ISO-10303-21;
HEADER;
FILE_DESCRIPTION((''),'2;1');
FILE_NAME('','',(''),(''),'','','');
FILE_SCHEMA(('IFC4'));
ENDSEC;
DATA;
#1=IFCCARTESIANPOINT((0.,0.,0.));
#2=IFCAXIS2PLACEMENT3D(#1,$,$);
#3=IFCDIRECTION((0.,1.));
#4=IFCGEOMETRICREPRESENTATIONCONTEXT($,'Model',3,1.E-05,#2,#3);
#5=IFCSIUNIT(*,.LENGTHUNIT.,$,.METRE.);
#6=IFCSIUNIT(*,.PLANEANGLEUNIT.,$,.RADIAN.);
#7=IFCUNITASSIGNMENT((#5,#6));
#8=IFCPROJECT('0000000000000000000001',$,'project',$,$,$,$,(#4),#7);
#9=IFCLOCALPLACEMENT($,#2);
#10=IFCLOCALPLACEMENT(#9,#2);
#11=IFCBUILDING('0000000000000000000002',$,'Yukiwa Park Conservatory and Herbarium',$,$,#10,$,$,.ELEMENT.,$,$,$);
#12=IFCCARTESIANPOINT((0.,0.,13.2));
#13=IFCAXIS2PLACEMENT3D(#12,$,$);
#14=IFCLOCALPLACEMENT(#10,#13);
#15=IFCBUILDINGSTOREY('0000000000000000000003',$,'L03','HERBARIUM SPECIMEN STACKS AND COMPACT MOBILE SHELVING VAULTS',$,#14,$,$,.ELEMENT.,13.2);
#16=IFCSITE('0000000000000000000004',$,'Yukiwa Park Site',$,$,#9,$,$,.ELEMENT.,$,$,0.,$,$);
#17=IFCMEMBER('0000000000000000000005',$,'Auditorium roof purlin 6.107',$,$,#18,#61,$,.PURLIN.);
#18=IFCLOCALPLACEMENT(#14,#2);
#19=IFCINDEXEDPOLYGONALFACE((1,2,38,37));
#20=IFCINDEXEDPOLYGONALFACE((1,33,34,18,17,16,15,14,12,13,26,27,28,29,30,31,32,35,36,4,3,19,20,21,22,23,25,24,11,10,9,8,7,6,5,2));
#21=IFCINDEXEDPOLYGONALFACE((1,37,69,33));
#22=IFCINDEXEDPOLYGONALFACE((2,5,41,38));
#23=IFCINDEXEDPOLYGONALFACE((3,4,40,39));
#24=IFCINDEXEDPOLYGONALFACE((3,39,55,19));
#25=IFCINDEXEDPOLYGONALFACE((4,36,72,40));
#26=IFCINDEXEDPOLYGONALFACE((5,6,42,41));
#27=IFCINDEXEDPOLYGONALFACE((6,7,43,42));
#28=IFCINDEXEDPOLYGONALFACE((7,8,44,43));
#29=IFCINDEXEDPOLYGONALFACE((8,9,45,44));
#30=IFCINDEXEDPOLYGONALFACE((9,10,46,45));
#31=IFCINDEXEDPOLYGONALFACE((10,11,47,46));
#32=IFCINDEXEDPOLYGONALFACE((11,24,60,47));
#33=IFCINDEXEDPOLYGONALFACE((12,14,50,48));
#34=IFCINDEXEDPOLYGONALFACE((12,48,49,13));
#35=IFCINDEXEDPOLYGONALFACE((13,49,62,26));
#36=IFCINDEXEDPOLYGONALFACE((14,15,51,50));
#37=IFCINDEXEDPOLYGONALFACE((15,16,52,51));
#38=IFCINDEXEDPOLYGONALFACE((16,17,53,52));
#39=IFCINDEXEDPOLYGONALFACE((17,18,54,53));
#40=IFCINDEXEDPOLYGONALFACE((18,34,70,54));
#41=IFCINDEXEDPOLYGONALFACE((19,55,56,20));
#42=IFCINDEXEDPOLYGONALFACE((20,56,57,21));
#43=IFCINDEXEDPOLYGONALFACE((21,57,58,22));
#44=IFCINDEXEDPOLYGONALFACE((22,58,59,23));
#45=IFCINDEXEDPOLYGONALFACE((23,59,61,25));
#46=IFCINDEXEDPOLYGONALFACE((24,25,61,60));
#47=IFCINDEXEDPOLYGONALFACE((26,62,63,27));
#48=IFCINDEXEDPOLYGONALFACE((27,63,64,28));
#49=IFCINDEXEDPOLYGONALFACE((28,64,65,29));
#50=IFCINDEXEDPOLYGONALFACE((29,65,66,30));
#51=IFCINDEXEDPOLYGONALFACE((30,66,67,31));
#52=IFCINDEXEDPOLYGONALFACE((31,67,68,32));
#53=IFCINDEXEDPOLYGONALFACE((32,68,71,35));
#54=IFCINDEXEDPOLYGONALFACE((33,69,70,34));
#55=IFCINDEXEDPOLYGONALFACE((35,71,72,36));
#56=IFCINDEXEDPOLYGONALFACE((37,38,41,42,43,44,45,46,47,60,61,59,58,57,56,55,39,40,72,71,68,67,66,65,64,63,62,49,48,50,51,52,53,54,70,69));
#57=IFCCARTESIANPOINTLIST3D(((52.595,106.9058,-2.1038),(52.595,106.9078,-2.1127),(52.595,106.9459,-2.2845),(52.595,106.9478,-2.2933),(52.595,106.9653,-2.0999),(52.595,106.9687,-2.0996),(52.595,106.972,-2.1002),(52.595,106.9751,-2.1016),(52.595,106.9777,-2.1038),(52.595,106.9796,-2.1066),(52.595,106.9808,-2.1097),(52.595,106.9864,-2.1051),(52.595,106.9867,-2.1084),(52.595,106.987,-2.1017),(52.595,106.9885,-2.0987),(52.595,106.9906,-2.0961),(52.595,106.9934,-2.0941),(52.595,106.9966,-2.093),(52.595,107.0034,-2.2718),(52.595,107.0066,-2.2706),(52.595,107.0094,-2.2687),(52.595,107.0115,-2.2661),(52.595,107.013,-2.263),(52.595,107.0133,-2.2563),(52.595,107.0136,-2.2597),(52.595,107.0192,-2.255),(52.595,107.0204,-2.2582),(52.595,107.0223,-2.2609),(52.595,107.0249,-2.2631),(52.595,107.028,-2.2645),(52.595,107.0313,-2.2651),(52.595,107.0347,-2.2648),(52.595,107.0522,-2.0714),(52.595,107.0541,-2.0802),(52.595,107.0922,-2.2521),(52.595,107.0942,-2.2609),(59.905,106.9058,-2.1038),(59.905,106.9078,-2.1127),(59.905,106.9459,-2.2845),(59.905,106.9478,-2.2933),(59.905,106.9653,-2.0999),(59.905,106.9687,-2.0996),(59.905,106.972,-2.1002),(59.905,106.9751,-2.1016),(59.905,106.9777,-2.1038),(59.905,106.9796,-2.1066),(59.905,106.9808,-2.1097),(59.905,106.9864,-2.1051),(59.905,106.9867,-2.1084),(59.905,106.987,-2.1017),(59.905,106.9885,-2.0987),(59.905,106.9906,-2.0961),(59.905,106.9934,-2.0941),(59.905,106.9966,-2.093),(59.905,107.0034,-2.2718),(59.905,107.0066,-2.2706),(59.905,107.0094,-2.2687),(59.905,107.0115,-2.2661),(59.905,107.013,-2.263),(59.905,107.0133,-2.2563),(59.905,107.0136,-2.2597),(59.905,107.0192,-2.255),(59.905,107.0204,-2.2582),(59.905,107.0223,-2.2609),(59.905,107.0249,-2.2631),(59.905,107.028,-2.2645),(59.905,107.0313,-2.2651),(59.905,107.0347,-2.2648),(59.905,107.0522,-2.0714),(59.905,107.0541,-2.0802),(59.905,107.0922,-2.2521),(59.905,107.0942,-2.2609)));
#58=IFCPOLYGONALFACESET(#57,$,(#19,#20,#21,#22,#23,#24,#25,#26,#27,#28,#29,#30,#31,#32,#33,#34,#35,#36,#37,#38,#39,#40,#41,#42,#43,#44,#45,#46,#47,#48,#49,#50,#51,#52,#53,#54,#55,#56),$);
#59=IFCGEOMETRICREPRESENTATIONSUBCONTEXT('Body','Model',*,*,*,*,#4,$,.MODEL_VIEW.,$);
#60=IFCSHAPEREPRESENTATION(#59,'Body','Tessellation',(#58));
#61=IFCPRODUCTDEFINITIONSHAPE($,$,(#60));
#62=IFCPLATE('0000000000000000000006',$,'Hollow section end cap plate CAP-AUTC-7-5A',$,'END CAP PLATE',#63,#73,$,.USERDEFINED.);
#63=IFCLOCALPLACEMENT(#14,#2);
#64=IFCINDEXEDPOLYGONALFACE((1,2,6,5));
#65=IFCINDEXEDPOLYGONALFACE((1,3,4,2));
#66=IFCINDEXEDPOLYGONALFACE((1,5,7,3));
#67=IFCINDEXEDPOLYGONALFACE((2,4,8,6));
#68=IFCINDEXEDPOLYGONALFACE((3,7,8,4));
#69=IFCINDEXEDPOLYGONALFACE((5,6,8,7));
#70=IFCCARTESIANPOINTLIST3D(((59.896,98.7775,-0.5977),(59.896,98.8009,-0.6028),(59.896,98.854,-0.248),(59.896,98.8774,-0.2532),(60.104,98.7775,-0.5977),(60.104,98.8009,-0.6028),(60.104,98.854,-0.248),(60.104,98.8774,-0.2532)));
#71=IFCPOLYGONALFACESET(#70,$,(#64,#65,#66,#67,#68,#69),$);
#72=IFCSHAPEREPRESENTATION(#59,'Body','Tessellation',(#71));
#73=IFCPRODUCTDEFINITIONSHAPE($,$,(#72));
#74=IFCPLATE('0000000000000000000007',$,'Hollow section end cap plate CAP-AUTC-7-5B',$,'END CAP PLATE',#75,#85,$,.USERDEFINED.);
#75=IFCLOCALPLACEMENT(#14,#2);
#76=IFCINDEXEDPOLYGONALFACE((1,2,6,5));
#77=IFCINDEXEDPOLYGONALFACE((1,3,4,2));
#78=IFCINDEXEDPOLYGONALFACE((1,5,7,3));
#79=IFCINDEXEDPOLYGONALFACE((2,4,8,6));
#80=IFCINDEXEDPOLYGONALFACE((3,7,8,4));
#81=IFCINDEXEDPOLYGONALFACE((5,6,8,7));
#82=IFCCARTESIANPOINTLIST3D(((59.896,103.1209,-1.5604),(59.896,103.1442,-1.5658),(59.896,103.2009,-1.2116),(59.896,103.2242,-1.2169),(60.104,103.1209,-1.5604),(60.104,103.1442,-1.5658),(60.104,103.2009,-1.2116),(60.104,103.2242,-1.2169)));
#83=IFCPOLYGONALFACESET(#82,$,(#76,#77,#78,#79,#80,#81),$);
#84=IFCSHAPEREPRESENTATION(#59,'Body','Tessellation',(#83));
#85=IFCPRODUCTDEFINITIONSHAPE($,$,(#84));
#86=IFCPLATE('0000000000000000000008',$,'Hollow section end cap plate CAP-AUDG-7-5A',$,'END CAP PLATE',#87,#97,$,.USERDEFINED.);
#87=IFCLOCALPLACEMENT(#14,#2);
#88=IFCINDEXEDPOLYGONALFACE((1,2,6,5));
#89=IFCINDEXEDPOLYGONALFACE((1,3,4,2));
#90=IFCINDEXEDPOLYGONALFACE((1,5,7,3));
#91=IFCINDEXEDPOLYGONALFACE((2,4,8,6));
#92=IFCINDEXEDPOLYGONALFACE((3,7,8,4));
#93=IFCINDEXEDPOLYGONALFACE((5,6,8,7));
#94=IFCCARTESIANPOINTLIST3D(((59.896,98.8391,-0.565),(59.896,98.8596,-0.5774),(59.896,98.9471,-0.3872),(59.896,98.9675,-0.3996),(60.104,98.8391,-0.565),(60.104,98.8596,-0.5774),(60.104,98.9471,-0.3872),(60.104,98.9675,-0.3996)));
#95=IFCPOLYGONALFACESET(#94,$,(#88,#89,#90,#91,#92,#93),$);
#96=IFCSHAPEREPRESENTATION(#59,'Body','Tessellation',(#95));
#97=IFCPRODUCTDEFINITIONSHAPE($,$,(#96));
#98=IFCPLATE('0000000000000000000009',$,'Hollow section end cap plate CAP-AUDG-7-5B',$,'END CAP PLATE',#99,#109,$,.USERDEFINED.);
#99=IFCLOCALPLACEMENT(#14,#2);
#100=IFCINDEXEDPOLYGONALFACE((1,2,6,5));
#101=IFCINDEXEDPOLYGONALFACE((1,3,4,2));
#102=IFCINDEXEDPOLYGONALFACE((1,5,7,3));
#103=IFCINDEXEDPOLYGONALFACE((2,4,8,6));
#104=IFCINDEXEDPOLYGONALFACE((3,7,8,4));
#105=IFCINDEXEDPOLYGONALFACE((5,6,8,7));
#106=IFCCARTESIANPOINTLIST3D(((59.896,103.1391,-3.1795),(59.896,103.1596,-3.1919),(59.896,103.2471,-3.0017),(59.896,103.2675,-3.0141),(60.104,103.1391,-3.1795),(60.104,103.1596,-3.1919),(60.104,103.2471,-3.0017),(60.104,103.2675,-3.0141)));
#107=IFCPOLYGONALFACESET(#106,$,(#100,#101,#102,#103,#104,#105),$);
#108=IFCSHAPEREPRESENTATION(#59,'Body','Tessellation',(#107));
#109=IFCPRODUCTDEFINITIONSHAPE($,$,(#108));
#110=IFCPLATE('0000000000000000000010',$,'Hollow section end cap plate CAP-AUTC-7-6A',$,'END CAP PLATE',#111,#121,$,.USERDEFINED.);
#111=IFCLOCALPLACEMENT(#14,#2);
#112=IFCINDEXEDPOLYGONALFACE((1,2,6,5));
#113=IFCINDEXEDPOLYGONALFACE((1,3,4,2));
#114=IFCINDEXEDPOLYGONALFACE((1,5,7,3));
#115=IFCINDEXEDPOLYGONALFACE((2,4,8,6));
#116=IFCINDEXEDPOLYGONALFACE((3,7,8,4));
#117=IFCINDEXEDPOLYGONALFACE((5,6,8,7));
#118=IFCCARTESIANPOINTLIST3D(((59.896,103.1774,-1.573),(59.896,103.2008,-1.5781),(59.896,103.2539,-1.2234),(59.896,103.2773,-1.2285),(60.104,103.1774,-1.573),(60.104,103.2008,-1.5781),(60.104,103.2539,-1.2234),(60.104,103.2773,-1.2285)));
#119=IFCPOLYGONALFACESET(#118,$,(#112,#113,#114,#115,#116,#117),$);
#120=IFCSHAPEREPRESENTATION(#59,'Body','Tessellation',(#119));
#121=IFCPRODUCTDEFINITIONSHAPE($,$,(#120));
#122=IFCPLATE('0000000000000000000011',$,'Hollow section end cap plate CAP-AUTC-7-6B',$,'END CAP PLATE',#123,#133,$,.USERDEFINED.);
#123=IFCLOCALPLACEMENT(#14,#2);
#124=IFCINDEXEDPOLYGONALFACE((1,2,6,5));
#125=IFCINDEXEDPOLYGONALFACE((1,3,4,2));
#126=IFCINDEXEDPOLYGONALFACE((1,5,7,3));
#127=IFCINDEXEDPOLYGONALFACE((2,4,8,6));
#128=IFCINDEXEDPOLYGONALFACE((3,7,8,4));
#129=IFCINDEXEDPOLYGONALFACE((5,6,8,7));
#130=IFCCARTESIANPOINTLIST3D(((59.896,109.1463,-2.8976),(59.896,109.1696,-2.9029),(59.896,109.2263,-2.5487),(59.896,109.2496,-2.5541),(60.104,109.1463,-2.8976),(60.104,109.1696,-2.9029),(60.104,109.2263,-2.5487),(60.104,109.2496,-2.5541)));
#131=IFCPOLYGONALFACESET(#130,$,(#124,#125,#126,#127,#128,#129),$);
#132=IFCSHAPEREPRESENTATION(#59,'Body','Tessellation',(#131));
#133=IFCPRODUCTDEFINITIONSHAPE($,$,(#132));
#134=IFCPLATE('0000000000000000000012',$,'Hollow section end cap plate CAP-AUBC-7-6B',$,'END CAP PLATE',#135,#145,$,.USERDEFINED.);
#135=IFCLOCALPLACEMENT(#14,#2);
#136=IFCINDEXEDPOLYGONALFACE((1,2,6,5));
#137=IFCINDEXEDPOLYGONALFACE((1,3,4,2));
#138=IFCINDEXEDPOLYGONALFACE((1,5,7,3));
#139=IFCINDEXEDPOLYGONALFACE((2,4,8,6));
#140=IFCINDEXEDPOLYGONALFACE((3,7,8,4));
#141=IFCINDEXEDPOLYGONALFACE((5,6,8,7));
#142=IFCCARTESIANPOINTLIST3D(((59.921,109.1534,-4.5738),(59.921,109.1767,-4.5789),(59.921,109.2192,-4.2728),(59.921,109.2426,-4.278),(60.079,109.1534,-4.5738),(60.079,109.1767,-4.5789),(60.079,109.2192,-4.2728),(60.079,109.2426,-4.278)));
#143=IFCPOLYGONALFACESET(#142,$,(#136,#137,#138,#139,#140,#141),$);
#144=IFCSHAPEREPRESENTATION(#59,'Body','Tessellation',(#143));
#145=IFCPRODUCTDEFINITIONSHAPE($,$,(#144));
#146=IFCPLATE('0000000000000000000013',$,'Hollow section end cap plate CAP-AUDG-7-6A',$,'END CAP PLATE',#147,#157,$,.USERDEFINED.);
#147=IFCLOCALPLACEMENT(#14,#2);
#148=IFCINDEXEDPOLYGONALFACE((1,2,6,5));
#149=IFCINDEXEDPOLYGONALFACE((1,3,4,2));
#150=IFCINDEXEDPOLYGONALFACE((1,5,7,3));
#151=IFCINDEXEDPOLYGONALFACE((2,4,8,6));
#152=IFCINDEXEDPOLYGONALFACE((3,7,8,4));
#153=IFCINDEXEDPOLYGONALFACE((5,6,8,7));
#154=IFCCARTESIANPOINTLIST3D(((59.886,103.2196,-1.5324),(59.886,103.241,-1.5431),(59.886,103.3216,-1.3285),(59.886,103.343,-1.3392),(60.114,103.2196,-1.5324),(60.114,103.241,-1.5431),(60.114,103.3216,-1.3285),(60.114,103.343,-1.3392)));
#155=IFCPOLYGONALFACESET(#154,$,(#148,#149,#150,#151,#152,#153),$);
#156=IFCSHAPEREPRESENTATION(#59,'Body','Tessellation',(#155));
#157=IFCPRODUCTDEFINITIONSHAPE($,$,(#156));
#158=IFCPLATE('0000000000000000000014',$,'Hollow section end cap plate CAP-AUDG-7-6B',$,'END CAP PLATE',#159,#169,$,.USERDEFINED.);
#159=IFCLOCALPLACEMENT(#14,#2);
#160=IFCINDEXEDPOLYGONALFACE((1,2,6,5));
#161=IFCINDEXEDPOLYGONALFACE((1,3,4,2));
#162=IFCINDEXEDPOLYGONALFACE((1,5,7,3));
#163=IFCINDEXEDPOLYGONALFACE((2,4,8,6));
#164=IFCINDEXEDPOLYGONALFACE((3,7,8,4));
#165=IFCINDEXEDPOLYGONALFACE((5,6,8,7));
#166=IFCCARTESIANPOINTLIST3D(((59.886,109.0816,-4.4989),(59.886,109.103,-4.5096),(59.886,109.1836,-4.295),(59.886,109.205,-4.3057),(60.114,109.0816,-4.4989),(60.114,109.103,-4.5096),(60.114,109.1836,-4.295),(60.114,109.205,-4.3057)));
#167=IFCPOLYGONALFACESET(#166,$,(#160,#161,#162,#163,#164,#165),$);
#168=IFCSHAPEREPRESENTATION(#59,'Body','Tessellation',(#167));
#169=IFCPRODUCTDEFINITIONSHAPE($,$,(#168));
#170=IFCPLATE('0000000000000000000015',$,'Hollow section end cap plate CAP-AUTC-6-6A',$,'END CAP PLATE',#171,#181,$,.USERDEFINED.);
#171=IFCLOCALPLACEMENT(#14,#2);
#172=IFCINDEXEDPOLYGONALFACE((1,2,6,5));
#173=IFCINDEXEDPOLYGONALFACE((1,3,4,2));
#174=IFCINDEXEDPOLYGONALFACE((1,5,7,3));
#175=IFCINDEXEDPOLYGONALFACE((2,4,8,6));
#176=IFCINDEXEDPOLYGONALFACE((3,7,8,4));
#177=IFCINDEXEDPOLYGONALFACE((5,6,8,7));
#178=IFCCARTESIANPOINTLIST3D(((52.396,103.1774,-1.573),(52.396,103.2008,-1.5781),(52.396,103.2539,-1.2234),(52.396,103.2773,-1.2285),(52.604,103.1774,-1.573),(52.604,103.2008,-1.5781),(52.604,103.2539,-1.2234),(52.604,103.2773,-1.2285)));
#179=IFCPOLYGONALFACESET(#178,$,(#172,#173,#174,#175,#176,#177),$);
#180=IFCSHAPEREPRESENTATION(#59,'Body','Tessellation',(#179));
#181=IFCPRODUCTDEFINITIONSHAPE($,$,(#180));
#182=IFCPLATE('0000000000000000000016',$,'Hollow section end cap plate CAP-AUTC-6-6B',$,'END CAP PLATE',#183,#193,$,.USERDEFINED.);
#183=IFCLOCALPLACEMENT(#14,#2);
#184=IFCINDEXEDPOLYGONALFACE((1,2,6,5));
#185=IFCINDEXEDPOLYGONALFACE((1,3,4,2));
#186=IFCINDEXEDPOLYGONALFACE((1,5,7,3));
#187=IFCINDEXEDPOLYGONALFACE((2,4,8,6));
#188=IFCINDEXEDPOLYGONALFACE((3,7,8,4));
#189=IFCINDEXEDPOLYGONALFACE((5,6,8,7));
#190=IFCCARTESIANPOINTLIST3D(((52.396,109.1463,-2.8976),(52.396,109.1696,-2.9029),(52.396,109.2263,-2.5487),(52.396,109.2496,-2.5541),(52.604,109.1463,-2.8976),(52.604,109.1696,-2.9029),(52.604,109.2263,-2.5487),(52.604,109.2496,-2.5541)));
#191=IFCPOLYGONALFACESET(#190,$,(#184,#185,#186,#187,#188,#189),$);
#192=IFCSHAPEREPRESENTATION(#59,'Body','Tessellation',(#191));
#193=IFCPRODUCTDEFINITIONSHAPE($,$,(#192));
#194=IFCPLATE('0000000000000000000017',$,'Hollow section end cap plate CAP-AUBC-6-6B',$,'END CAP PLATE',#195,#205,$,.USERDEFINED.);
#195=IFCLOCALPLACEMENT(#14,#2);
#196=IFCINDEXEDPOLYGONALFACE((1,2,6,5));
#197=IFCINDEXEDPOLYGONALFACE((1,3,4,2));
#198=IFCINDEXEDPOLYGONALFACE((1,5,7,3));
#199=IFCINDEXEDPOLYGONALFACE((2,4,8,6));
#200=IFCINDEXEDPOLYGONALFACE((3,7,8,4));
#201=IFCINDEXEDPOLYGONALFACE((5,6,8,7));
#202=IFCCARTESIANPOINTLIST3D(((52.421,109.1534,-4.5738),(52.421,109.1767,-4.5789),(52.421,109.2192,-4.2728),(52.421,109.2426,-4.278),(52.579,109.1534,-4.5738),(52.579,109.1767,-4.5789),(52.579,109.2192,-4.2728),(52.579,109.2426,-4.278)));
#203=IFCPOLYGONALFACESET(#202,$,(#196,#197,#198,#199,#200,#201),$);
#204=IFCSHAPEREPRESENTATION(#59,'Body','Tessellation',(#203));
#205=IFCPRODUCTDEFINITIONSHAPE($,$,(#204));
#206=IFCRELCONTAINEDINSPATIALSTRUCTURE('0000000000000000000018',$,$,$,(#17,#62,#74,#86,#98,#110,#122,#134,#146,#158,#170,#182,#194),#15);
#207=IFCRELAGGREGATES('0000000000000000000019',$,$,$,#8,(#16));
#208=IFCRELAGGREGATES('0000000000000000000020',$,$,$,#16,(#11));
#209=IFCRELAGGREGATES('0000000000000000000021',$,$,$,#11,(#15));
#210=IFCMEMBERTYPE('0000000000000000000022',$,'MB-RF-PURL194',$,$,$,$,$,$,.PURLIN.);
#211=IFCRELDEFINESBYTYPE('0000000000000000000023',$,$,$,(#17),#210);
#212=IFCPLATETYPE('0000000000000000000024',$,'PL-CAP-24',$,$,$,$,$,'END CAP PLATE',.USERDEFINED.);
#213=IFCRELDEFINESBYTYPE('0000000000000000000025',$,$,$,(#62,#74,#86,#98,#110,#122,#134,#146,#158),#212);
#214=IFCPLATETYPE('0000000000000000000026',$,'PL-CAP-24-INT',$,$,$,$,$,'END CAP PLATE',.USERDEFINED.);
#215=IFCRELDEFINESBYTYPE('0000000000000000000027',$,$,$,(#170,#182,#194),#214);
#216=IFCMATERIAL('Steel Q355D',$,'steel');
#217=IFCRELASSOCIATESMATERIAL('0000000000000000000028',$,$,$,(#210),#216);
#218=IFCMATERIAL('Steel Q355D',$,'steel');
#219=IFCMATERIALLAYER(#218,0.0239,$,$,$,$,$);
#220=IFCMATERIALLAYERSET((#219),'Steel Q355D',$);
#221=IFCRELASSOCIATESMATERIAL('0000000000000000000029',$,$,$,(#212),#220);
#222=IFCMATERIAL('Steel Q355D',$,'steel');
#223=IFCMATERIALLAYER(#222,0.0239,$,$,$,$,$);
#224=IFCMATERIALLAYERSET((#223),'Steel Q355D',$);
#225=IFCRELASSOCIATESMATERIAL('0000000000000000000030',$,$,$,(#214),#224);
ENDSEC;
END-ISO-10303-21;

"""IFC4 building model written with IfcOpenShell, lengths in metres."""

from ifc_helpers import new_model, si_unit, direction, frame, origin, origin_2d, place, context, subcontext, project, spatial, rectangle, i_section, extrude, material, layer, layer_set, material_profile, profile_set, type_object, element, save


model = new_model("IFC4")

# Units and contexts
model_context = context("Model", 3, precision=1e-05, world=origin(), true_north=direction((0.0, 1.0)))
body_context = subcontext(model_context, "Body", "Model", "MODEL_VIEW")
ifc_project = project(units=[si_unit("LENGTHUNIT", "METRE"), si_unit("PLANEANGLEUNIT", "RADIAN")], contexts=[model_context])

# Site, building, storey
site_placement = place(None, origin())
site = spatial("IfcSite", under=ifc_project, at=site_placement, Name="Yukiwa Park Site", CompositionType="ELEMENT", RefElevation=0.0)
building_placement = place(site_placement, origin())
building = spatial("IfcBuilding", under=site, at=building_placement, Name="Yukiwa Park Conservatory and Herbarium", CompositionType="ELEMENT")
storey_placement = place(building_placement, frame((0.0, 0.0, 13.2)))
storey = spatial("IfcBuildingStorey", under=building, at=storey_placement, Name="L03", Description="HERBARIUM SPECIMEN STACKS AND COMPACT MOBILE SHELVING VAULTS", CompositionType="ELEMENT", Elevation=13.2)

# Member
ifc_material_1 = material(Name="Steel Q355D", Category="steel")
ifc_material_profile_1 = material_profile(ifc_material_1, i_section(OverallWidth=0.1499, OverallDepth=0.1941, WebThickness=0.0061, FlangeThickness=0.009, FilletRadius=0.0129, at=origin_2d()), Name="HM 194x150x6x9")
ifc_profile_set_1 = profile_set([ifc_material_profile_1], Name="Steel Q355D")
member_type_1 = type_object("IfcMemberType", Name="MB-RF-PURL194", PredefinedType="PURLIN", material=ifc_profile_set_1)
for number, where, z_axis, x_axis, name in (
    (1, (52.595, 107.0, -2.1824), (1.0, 0.0, 0.0), (0.0, 0.976296, 0.21644), "Auditorium roof purlin 6.107"),
):
    element("IfcMember", number, at=place(storey_placement, frame(where, z_axis=z_axis, x_axis=x_axis)), inside=storey, type_object=member_type_1, Name=name, PredefinedType="PURLIN", context=body_context, shape_type="SweptSolid", body=[
        extrude(i_section(OverallWidth=0.1499, OverallDepth=0.1941, WebThickness=0.0061, FlangeThickness=0.009, FilletRadius=0.0129, at=origin_2d()), origin(), (0.0, 0.0, 1.0), 7.3101),
    ])

# Plates
ifc_material_2 = material(Name="Steel Q355D", Category="steel")
ifc_layer_1 = layer(ifc_material_2, 0.0239)
ifc_layer_set_1 = layer_set([ifc_layer_1], Name="Steel Q355D")
plate_type_1 = type_object("IfcPlateType", Name="PL-CAP-24", ElementType="END CAP PLATE", PredefinedType="USERDEFINED", material=ifc_layer_set_1)
for number, where, z_axis, x_axis, name in (
    (2, (60.0, 98.8391, -0.428), (0.0, -0.9769, 0.213697), (1.0, 0.0, 0.0), "Hollow section end cap plate CAP-AUTC-7-5A"),
    (3, (60.0, 103.1609, -1.386), (0.0, 0.974732, -0.223376), (-1.0, 0.0, 0.0), "Hollow section end cap plate CAP-AUTC-7-5B"),
):
    element("IfcPlate", number, at=place(storey_placement, frame(where, z_axis=z_axis, x_axis=x_axis)), inside=storey, type_object=plate_type_1, Name=name, ObjectType="END CAP PLATE", PredefinedType="USERDEFINED", context=body_context, shape_type="SweptSolid", body=[
        extrude(rectangle(XDim=0.208, YDim=0.3579, at=origin_2d()), origin(), (0.0, 0.0, 1.0), 0.0239),
    ])
for number, where, z_axis, x_axis, name in (
    (4, (60.0, 98.9136, -0.4885), (0.0, -0.854788, 0.518978), (1.0, 0.0, 0.0), "Hollow section end cap plate CAP-AUDG-7-5A"),
    (5, (60.0, 103.1931, -3.0906), (0.0, 0.854788, -0.518978), (-1.0, 0.0, 0.0), "Hollow section end cap plate CAP-AUDG-7-5B"),
):
    element("IfcPlate", number, at=place(storey_placement, frame(where, z_axis=z_axis, x_axis=x_axis)), inside=storey, type_object=plate_type_1, Name=name, ObjectType="END CAP PLATE", PredefinedType="USERDEFINED", context=body_context, shape_type="SweptSolid", body=[
        extrude(rectangle(XDim=0.208, YDim=0.208, at=origin_2d()), origin(), (0.0, 0.0, 1.0), 0.0239),
    ])
for number, where, z_axis, x_axis, name in (
    (6, (60.0, 103.239, -1.4033), (0.0, -0.9769, 0.213697), (1.0, 0.0, 0.0), "Hollow section end cap plate CAP-AUTC-7-6A"),
    (7, (60.0, 109.1863, -2.7231), (0.0, 0.974732, -0.223376), (-1.0, 0.0, 0.0), "Hollow section end cap plate CAP-AUTC-7-6B"),
):
    element("IfcPlate", number, at=place(storey_placement, frame(where, z_axis=z_axis, x_axis=x_axis)), inside=storey, type_object=plate_type_1, Name=name, ObjectType="END CAP PLATE", PredefinedType="USERDEFINED", context=body_context, shape_type="SweptSolid", body=[
        extrude(rectangle(XDim=0.208, YDim=0.3579, at=origin_2d()), origin(), (0.0, 0.0, 1.0), 0.0239),
    ])
plate_1_placement = place(storey_placement, frame((60.0, 109.1863, -4.4233), z_axis=(0.0, 0.9769, -0.213697), x_axis=(-1.0, 0.0, 0.0)))
element("IfcPlate", 8, at=plate_1_placement, inside=storey, type_object=plate_type_1, Name="Hollow section end cap plate CAP-AUBC-7-6B", ObjectType="END CAP PLATE", PredefinedType="USERDEFINED", context=body_context, shape_type="SweptSolid", body=[
    extrude(rectangle(XDim=0.158, YDim=0.3081, at=origin_2d()), origin(), (0.0, 0.0, 1.0), 0.0239),
])
for number, where, z_axis, x_axis, name in (
    (9, (60.0, 103.292, -1.4412), (0.0, -0.894427, 0.447214), (1.0, 0.0, 0.0), "Hollow section end cap plate CAP-AUDG-7-6A"),
    (10, (60.0, 109.1326, -4.397), (0.0, 0.894427, -0.447214), (-1.0, 0.0, 0.0), "Hollow section end cap plate CAP-AUDG-7-6B"),
):
    element("IfcPlate", number, at=place(storey_placement, frame(where, z_axis=z_axis, x_axis=x_axis)), inside=storey, type_object=plate_type_1, Name=name, ObjectType="END CAP PLATE", PredefinedType="USERDEFINED", context=body_context, shape_type="SweptSolid", body=[
        extrude(rectangle(XDim=0.228, YDim=0.228, at=origin_2d()), origin(), (0.0, 0.0, 1.0), 0.0239),
    ])
ifc_material_3 = material(Name="Steel Q355D", Category="steel")
ifc_layer_2 = layer(ifc_material_3, 0.0239)
ifc_layer_set_2 = layer_set([ifc_layer_2], Name="Steel Q355D")
plate_type_2 = type_object("IfcPlateType", Name="PL-CAP-24-INT", ElementType="END CAP PLATE", PredefinedType="USERDEFINED", material=ifc_layer_set_2)
for number, where, z_axis, x_axis, name in (
    (11, (52.5, 103.239, -1.4033), (0.0, -0.9769, 0.213697), (1.0, 0.0, 0.0), "Hollow section end cap plate CAP-AUTC-6-6A"),
    (12, (52.5, 109.1863, -2.7231), (0.0, 0.974732, -0.223376), (-1.0, 0.0, 0.0), "Hollow section end cap plate CAP-AUTC-6-6B"),
):
    element("IfcPlate", number, at=place(storey_placement, frame(where, z_axis=z_axis, x_axis=x_axis)), inside=storey, type_object=plate_type_2, Name=name, ObjectType="END CAP PLATE", PredefinedType="USERDEFINED", context=body_context, shape_type="SweptSolid", body=[
        extrude(rectangle(XDim=0.208, YDim=0.3579, at=origin_2d()), origin(), (0.0, 0.0, 1.0), 0.0239),
    ])
plate_2_placement = place(storey_placement, frame((52.5, 109.1863, -4.4233), z_axis=(0.0, 0.9769, -0.213697), x_axis=(-1.0, 0.0, 0.0)))
element("IfcPlate", 13, at=plate_2_placement, inside=storey, type_object=plate_type_2, Name="Hollow section end cap plate CAP-AUBC-6-6B", ObjectType="END CAP PLATE", PredefinedType="USERDEFINED", context=body_context, shape_type="SweptSolid", body=[
    extrude(rectangle(XDim=0.158, YDim=0.3081, at=origin_2d()), origin(), (0.0, 0.0, 1.0), 0.0239),
])

save(model, "model.ifc")
